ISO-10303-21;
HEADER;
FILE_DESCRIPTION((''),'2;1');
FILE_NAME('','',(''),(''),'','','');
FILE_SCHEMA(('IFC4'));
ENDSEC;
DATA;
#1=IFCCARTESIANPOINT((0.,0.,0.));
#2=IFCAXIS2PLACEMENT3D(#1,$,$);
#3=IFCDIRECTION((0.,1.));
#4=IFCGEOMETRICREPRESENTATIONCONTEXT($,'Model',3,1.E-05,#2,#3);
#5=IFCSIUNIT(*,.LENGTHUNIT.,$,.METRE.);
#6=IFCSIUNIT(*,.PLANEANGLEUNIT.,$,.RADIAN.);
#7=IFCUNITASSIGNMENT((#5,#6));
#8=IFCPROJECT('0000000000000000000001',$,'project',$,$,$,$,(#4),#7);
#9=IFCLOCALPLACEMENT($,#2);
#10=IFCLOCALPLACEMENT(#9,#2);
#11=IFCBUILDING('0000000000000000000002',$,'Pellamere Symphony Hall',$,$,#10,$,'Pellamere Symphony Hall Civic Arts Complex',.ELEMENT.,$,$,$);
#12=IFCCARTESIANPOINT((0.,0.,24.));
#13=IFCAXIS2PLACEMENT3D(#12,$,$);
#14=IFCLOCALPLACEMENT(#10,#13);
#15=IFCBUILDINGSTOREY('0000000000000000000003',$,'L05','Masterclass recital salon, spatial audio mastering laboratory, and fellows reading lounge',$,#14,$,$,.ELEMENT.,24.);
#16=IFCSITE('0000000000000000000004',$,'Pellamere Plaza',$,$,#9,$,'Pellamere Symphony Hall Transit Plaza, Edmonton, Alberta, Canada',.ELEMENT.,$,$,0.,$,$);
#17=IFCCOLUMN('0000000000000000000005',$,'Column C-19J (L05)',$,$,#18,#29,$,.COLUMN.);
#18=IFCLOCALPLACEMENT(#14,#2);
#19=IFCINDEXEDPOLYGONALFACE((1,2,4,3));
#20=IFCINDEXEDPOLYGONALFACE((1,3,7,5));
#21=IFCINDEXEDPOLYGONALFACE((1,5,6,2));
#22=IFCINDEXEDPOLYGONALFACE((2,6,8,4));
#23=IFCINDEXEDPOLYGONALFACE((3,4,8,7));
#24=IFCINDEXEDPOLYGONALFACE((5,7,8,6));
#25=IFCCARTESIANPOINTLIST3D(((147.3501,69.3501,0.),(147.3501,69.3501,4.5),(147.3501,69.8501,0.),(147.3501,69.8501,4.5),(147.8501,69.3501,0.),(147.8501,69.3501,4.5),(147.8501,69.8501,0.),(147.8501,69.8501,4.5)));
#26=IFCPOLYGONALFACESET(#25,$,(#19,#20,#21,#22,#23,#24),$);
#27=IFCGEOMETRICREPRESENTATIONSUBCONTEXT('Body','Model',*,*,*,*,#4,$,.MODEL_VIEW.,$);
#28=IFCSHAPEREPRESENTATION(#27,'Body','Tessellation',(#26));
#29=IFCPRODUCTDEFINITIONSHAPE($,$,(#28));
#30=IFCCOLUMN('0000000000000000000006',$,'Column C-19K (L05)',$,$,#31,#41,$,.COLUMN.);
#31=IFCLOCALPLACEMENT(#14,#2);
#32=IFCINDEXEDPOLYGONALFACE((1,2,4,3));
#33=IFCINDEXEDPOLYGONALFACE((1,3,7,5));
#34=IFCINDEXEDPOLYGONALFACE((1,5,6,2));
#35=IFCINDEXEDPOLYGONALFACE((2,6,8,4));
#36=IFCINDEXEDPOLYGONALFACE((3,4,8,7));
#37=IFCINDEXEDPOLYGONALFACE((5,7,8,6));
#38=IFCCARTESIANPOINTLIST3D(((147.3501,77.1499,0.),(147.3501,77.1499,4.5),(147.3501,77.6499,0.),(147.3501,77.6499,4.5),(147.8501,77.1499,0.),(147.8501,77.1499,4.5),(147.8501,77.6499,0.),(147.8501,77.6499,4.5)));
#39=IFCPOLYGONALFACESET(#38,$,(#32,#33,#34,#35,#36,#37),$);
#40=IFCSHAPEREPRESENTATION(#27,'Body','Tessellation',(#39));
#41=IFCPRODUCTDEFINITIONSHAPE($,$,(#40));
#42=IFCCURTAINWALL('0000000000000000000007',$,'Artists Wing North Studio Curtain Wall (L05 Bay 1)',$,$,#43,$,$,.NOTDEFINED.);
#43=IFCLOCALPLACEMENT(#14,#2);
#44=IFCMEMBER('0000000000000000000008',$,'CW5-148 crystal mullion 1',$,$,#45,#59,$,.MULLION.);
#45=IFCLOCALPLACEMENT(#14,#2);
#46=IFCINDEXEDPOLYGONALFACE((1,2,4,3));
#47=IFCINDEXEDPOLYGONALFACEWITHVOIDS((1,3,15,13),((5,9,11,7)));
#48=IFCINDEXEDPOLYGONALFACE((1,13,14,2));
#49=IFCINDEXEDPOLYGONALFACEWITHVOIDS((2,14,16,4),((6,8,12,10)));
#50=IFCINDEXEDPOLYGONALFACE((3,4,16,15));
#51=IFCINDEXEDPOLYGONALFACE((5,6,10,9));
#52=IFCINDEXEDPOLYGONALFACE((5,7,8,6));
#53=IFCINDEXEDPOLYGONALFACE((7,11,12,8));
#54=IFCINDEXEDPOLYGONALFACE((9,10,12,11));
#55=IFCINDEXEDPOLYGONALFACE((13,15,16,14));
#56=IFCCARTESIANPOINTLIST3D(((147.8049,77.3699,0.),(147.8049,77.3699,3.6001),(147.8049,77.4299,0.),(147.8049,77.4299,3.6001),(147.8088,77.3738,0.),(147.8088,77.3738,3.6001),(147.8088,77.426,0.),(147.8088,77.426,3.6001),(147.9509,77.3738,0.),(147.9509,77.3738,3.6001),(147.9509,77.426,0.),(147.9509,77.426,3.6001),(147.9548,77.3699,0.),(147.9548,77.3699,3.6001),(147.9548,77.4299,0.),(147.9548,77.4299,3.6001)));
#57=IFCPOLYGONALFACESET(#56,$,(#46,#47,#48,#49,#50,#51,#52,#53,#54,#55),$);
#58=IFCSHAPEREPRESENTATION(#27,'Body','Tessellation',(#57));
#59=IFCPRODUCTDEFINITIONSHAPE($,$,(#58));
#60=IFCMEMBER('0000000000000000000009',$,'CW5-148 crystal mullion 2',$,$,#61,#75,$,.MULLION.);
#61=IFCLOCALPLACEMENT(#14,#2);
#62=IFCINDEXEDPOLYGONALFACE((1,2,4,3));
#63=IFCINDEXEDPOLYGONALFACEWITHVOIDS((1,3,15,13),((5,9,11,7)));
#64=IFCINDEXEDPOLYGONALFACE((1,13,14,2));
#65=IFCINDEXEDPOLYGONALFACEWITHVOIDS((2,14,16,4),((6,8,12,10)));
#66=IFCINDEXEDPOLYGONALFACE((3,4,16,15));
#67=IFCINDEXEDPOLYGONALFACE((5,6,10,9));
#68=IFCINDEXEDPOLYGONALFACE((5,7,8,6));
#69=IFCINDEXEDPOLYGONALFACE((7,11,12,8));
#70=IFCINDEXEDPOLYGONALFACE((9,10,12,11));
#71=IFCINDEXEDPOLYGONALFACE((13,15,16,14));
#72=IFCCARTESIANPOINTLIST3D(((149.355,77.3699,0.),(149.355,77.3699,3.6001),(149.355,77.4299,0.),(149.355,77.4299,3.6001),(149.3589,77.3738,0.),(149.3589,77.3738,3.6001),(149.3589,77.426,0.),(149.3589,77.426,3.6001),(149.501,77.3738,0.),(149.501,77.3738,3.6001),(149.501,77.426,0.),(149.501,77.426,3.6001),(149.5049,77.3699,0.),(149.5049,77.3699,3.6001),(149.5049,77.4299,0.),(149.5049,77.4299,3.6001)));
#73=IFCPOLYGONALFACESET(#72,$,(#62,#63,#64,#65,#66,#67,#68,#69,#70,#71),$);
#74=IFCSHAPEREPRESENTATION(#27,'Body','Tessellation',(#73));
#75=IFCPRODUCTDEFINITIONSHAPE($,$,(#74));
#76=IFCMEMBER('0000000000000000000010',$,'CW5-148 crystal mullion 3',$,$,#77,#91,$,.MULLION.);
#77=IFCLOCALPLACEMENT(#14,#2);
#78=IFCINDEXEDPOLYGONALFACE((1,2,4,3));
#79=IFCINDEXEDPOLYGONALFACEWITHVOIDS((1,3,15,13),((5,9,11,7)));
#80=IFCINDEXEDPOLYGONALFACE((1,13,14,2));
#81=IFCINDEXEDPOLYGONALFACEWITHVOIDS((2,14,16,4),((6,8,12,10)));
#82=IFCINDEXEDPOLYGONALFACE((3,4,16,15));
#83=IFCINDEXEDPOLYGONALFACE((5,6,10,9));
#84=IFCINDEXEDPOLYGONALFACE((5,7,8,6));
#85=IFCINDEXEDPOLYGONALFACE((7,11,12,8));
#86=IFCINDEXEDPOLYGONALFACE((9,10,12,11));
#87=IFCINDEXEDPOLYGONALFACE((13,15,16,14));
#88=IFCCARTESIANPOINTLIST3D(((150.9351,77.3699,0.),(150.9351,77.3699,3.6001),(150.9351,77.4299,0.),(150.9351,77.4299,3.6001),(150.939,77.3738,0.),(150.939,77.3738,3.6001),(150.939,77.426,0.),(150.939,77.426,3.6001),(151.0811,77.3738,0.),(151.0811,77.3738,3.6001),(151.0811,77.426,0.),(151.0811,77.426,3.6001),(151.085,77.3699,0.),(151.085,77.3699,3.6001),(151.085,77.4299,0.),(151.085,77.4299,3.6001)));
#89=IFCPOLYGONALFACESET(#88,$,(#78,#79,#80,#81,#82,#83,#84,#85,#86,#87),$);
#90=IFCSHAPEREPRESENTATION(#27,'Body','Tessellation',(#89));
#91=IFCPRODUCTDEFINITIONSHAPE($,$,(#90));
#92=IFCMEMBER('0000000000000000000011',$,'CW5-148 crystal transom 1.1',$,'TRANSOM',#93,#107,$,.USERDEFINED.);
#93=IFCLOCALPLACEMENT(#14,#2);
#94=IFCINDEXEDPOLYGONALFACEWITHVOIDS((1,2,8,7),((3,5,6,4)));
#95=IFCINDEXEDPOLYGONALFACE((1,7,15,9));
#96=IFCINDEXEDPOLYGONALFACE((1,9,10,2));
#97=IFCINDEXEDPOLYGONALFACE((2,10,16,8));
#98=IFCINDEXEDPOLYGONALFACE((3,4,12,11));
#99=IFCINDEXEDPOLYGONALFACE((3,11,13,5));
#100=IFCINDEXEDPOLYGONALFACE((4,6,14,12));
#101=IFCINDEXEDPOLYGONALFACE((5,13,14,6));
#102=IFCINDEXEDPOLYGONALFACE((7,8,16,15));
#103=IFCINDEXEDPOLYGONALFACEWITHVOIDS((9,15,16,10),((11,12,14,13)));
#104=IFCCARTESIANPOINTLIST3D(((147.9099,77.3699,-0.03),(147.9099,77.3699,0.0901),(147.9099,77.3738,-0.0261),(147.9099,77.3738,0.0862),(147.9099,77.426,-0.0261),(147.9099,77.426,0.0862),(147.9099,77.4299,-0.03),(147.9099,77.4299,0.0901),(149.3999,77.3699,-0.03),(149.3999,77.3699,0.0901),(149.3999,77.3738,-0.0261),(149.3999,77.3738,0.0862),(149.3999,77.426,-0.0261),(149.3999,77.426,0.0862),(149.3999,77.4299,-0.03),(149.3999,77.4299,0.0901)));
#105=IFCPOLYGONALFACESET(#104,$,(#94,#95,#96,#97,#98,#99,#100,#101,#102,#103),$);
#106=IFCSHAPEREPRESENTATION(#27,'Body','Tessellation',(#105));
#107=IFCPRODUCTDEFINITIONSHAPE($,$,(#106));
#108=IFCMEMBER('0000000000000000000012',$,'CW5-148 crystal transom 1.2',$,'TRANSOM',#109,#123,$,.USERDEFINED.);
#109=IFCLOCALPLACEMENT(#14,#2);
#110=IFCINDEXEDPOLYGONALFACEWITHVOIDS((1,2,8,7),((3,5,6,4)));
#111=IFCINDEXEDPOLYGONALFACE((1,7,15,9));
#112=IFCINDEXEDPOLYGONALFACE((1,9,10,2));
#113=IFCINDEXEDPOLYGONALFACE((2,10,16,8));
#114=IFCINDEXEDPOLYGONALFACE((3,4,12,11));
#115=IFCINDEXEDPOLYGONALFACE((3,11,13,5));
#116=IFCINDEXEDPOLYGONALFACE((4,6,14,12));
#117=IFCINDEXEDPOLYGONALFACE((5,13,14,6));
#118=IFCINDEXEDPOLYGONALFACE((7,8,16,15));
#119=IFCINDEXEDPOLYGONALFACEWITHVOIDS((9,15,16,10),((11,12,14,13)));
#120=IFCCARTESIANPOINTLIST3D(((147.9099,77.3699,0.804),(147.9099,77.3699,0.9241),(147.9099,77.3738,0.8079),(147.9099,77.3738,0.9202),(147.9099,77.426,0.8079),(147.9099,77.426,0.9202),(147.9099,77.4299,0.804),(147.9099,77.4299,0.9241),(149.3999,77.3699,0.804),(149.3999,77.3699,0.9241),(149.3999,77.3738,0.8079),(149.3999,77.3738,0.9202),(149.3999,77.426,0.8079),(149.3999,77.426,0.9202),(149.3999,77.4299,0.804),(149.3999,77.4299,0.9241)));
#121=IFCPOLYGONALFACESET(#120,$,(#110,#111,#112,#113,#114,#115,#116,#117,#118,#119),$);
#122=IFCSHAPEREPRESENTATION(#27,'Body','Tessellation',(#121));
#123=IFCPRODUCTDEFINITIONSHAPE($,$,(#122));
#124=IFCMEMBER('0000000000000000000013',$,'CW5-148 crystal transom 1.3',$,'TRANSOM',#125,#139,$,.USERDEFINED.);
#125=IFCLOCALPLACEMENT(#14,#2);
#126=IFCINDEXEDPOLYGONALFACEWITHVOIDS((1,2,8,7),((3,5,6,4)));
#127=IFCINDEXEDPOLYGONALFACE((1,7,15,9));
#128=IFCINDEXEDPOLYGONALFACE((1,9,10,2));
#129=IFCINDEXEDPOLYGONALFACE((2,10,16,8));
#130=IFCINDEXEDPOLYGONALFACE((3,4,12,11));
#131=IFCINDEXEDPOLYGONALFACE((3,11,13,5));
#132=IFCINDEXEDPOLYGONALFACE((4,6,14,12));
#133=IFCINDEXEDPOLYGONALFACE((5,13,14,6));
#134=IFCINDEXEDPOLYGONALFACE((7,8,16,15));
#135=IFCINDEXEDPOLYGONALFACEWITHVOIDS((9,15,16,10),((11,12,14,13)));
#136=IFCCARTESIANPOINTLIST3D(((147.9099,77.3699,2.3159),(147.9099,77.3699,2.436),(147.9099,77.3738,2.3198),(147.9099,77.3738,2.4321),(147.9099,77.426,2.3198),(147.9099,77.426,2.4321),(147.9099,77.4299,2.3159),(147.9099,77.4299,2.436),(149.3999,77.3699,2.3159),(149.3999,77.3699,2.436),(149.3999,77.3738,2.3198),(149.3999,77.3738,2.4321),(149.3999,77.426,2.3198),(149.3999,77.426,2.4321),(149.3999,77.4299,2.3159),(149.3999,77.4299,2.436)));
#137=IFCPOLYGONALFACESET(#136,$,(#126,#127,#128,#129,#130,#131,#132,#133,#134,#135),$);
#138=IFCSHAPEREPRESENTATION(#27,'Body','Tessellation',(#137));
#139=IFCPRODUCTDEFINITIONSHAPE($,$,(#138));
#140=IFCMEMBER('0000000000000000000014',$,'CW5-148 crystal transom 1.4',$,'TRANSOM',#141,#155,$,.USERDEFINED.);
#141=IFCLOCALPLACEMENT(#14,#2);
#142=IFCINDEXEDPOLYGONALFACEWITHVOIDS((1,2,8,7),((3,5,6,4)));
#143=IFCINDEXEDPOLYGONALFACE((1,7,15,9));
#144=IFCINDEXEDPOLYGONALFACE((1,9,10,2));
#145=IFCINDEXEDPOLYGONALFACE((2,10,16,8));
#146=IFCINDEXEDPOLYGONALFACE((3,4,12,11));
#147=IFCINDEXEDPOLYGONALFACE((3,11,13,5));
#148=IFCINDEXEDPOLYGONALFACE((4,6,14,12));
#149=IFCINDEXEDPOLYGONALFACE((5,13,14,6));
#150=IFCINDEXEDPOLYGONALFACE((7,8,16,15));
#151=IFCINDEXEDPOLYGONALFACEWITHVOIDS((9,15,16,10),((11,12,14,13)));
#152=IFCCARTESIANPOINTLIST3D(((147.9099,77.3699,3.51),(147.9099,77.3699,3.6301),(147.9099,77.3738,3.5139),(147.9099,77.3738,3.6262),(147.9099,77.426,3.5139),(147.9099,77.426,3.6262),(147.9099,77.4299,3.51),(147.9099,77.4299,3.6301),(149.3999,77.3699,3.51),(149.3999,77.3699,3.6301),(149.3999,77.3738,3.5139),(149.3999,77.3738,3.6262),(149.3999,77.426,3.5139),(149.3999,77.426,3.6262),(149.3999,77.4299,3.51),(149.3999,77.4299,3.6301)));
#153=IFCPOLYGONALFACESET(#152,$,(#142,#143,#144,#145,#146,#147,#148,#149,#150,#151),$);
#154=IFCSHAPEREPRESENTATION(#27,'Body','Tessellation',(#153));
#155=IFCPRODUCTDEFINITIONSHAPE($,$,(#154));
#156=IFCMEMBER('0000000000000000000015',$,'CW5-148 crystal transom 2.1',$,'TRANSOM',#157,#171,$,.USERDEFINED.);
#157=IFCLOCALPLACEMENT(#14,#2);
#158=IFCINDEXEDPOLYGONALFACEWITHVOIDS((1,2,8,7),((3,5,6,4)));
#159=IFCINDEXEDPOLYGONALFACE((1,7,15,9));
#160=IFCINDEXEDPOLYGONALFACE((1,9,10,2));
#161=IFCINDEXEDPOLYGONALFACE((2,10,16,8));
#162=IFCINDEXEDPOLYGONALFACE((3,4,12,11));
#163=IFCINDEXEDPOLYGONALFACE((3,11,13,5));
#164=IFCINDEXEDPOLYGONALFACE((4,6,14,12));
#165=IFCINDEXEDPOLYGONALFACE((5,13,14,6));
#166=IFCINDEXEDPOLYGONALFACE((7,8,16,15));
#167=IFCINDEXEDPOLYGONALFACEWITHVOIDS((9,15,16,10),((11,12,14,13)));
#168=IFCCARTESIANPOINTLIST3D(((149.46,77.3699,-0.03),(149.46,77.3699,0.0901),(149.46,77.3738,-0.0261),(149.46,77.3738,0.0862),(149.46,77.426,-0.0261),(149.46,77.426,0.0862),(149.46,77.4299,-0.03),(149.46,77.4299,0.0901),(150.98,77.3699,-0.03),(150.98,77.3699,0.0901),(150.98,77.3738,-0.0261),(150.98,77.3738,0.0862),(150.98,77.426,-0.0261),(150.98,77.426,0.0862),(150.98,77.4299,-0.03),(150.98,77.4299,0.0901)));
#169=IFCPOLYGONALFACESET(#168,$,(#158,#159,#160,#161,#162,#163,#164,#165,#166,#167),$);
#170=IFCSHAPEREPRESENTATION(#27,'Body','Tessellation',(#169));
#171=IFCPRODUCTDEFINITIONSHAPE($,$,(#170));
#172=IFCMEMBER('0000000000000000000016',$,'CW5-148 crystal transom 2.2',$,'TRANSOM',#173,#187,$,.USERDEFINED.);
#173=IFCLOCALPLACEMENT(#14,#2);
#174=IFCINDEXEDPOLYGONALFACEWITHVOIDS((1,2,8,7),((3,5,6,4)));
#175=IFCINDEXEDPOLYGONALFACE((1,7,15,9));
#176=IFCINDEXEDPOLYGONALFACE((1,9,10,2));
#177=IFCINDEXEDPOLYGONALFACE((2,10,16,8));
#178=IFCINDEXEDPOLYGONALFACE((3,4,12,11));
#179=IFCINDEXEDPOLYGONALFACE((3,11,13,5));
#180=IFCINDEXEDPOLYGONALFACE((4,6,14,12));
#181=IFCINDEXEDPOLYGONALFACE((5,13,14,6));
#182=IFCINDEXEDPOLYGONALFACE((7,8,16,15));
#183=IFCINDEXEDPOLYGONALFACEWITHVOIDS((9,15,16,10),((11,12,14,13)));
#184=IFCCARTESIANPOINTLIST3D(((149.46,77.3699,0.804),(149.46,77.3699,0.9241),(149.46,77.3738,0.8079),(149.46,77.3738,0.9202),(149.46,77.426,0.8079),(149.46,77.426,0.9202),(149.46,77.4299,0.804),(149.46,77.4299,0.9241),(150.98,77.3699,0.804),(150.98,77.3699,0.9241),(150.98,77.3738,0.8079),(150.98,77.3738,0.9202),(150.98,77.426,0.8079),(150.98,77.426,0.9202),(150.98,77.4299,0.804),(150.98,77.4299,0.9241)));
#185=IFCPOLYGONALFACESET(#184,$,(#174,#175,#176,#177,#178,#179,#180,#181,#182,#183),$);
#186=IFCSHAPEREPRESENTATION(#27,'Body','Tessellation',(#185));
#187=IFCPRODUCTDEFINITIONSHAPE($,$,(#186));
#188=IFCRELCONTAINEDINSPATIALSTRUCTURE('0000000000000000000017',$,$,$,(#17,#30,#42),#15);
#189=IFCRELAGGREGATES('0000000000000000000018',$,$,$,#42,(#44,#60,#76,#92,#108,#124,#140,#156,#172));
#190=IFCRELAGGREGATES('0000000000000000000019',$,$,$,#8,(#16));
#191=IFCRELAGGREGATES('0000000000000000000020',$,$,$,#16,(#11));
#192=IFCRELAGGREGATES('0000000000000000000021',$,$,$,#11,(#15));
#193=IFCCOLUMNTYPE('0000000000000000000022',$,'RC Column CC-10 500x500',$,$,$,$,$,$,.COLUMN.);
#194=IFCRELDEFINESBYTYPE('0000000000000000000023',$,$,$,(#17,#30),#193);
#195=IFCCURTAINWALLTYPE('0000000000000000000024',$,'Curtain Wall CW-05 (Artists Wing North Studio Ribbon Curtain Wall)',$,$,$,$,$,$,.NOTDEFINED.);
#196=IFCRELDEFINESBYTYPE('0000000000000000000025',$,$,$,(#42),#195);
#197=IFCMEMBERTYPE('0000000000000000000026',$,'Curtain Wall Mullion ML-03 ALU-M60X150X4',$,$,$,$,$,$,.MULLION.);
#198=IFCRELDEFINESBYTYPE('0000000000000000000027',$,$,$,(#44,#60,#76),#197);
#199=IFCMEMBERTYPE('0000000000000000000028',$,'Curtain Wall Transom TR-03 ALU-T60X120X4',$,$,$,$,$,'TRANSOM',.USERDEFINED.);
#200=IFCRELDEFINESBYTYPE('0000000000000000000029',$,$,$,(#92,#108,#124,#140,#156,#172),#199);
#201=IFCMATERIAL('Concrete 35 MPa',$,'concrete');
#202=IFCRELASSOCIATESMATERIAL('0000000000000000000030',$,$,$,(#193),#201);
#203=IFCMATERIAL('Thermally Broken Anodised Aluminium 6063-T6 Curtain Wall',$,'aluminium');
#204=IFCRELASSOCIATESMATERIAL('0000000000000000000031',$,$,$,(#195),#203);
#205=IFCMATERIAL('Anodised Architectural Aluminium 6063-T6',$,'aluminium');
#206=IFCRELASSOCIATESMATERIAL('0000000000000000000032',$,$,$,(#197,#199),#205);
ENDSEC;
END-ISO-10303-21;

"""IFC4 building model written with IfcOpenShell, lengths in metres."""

from ifc_helpers import new_model, si_unit, direction, frame, origin, origin_2d, place, context, subcontext, project, spatial, rectangle, hollow_rectangle, extrude, material, material_profile, profile_set, type_object, element, aggregate, save


model = new_model("IFC4")

# Units and contexts
model_context = context("Model", 3, precision=1e-05, world=origin(), true_north=direction((0.0, 1.0)))
body_context = subcontext(model_context, "Body", "Model", "MODEL_VIEW")
ifc_project = project(units=[si_unit("LENGTHUNIT", "METRE"), si_unit("PLANEANGLEUNIT", "RADIAN")], contexts=[model_context])

# Site, building, storey
site_placement = place(None, origin())
site = spatial("IfcSite", under=ifc_project, at=site_placement, Name="Pellamere Plaza", LongName="Pellamere Symphony Hall Transit Plaza, Edmonton, Alberta, Canada", CompositionType="ELEMENT", RefElevation=0.0)
building_placement = place(site_placement, origin())
building = spatial("IfcBuilding", under=site, at=building_placement, Name="Pellamere Symphony Hall", LongName="Pellamere Symphony Hall Civic Arts Complex", CompositionType="ELEMENT")
storey_placement = place(building_placement, frame((0.0, 0.0, 24.0)))
storey = spatial("IfcBuildingStorey", under=building, at=storey_placement, Name="L05", Description="Masterclass recital salon, spatial audio mastering laboratory, and fellows reading lounge", CompositionType="ELEMENT", Elevation=24.0)

# Columns
ifc_material_1 = material(Name="Concrete 35 MPa", Category="concrete")
ifc_material_profile_1 = material_profile(ifc_material_1, rectangle(XDim=0.5, YDim=0.5, at=origin_2d()), Name="RC 500x500")
ifc_profile_set_1 = profile_set([ifc_material_profile_1], Name="Concrete 35 MPa")
column_type = type_object("IfcColumnType", Name="RC Column CC-10 500x500", PredefinedType="COLUMN", material=ifc_profile_set_1)
for number, where, z_axis, x_axis, name in (
    (1, (147.6001, 69.6001, 0.0), (0.0, 0.0, 1.0), (1.0, 0.0, 0.0), "Column C-19J (L05)"),
    (2, (147.6001, 77.3999, 0.0), (0.0, 0.0, 1.0), (1.0, 0.0, 0.0), "Column C-19K (L05)"),
):
    element("IfcColumn", number, at=place(storey_placement, frame(where, z_axis=z_axis, x_axis=x_axis)), inside=storey, type_object=column_type, Name=name, PredefinedType="COLUMN", context=body_context, shape_type="SweptSolid", body=[
        extrude(rectangle(XDim=0.5, YDim=0.5, at=origin_2d()), origin(), (0.0, 0.0, 1.0), 4.5),
    ])

# Curtain wall, members
ifc_material_2 = material(Name="Thermally Broken Anodised Aluminium 6063-T6 Curtain Wall", Category="aluminium")
curtain_wall_type = type_object("IfcCurtainWallType", Name="Curtain Wall CW-05 (Artists Wing North Studio Ribbon Curtain Wall)", PredefinedType="NOTDEFINED", material=ifc_material_2)
curtain_wall_placement = place(storey_placement, origin())
curtain_wall = element("IfcCurtainWall", 3, at=curtain_wall_placement, inside=storey, type_object=curtain_wall_type, Name="Artists Wing North Studio Curtain Wall (L05 Bay 1)", PredefinedType="NOTDEFINED")
ifc_material_3 = material(Name="Anodised Architectural Aluminium 6063-T6", Category="aluminium")
ifc_material_profile_2 = material_profile(ifc_material_3, hollow_rectangle(XDim=0.0601, YDim=0.1499, WallThickness=0.0039, at=origin_2d()), Name="ALU-M60X150X4")
ifc_profile_set_2 = profile_set([ifc_material_profile_2], Name="Anodised Architectural Aluminium 6063-T6")
member_type_1 = type_object("IfcMemberType", Name="Curtain Wall Mullion ML-03 ALU-M60X150X4", PredefinedType="MULLION", material=ifc_profile_set_2)
member_1_placement = place(storey_placement, frame((147.8799, 77.3999, 0.0), z_axis=(0.0, 0.0, 1.0), x_axis=(0.0, 1.0, 0.0)))
member_1 = element("IfcMember", 4, at=member_1_placement, type_object=member_type_1, Name="CW5-148 crystal mullion 1", PredefinedType="MULLION", context=body_context, shape_type="SweptSolid", body=[
    extrude(hollow_rectangle(XDim=0.0601, YDim=0.1499, WallThickness=0.0039, at=origin_2d()), origin(), (0.0, 0.0, 1.0), 3.6001),
])
member_2_placement = place(storey_placement, frame((149.4299, 77.3999, 0.0), z_axis=(0.0, 0.0, 1.0), x_axis=(0.0, 1.0, 0.0)))
member_2 = element("IfcMember", 5, at=member_2_placement, type_object=member_type_1, Name="CW5-148 crystal mullion 2", PredefinedType="MULLION", context=body_context, shape_type="SweptSolid", body=[
    extrude(hollow_rectangle(XDim=0.0601, YDim=0.1499, WallThickness=0.0039, at=origin_2d()), origin(), (0.0, 0.0, 1.0), 3.6001),
])
member_3_placement = place(storey_placement, frame((151.01, 77.3999, 0.0), z_axis=(0.0, 0.0, 1.0), x_axis=(0.0, 1.0, 0.0)))
member_3 = element("IfcMember", 6, at=member_3_placement, type_object=member_type_1, Name="CW5-148 crystal mullion 3", PredefinedType="MULLION", context=body_context, shape_type="SweptSolid", body=[
    extrude(hollow_rectangle(XDim=0.0601, YDim=0.1499, WallThickness=0.0039, at=origin_2d()), origin(), (0.0, 0.0, 1.0), 3.6001),
])
ifc_material_profile_3 = material_profile(ifc_material_3, hollow_rectangle(XDim=0.0601, YDim=0.1201, WallThickness=0.0039, at=origin_2d()), Name="ALU-T60X120X4")
ifc_profile_set_3 = profile_set([ifc_material_profile_3], Name="Anodised Architectural Aluminium 6063-T6")
member_type_2 = type_object("IfcMemberType", Name="Curtain Wall Transom TR-03 ALU-T60X120X4", ElementType="TRANSOM", PredefinedType="USERDEFINED", material=ifc_profile_set_3)
member_4_placement = place(storey_placement, frame((147.9099, 77.3999, 0.03), z_axis=(1.0, 0.0, 0.0), x_axis=(0.0, 1.0, 0.0)))
member_4 = element("IfcMember", 7, at=member_4_placement, type_object=member_type_2, Name="CW5-148 crystal transom 1.1", ObjectType="TRANSOM", PredefinedType="USERDEFINED", context=body_context, shape_type="SweptSolid", body=[
    extrude(hollow_rectangle(XDim=0.0601, YDim=0.1201, WallThickness=0.0039, at=origin_2d()), origin(), (0.0, 0.0, 1.0), 1.49),
])
member_5_placement = place(storey_placement, frame((147.9099, 77.3999, 0.864), z_axis=(1.0, 0.0, 0.0), x_axis=(0.0, 1.0, 0.0)))
member_5 = element("IfcMember", 8, at=member_5_placement, type_object=member_type_2, Name="CW5-148 crystal transom 1.2", ObjectType="TRANSOM", PredefinedType="USERDEFINED", context=body_context, shape_type="SweptSolid", body=[
    extrude(hollow_rectangle(XDim=0.0601, YDim=0.1201, WallThickness=0.0039, at=origin_2d()), origin(), (0.0, 0.0, 1.0), 1.49),
])
member_6_placement = place(storey_placement, frame((147.9099, 77.3999, 2.376), z_axis=(1.0, 0.0, 0.0), x_axis=(0.0, 1.0, 0.0)))
member_6 = element("IfcMember", 9, at=member_6_placement, type_object=member_type_2, Name="CW5-148 crystal transom 1.3", ObjectType="TRANSOM", PredefinedType="USERDEFINED", context=body_context, shape_type="SweptSolid", body=[
    extrude(hollow_rectangle(XDim=0.0601, YDim=0.1201, WallThickness=0.0039, at=origin_2d()), origin(), (0.0, 0.0, 1.0), 1.49),
])
member_7_placement = place(storey_placement, frame((147.9099, 77.3999, 3.5701), z_axis=(1.0, 0.0, 0.0), x_axis=(0.0, 1.0, 0.0)))
member_7 = element("IfcMember", 10, at=member_7_placement, type_object=member_type_2, Name="CW5-148 crystal transom 1.4", ObjectType="TRANSOM", PredefinedType="USERDEFINED", context=body_context, shape_type="SweptSolid", body=[
    extrude(hollow_rectangle(XDim=0.0601, YDim=0.1201, WallThickness=0.0039, at=origin_2d()), origin(), (0.0, 0.0, 1.0), 1.49),
])
member_8_placement = place(storey_placement, frame((149.46, 77.3999, 0.03), z_axis=(1.0, 0.0, 0.0), x_axis=(0.0, 1.0, 0.0)))
member_8 = element("IfcMember", 11, at=member_8_placement, type_object=member_type_2, Name="CW5-148 crystal transom 2.1", ObjectType="TRANSOM", PredefinedType="USERDEFINED", context=body_context, shape_type="SweptSolid", body=[
    extrude(hollow_rectangle(XDim=0.0601, YDim=0.1201, WallThickness=0.0039, at=origin_2d()), origin(), (0.0, 0.0, 1.0), 1.52),
])
member_9_placement = place(storey_placement, frame((149.46, 77.3999, 0.864), z_axis=(1.0, 0.0, 0.0), x_axis=(0.0, 1.0, 0.0)))
member_9 = element("IfcMember", 12, at=member_9_placement, type_object=member_type_2, Name="CW5-148 crystal transom 2.2", ObjectType="TRANSOM", PredefinedType="USERDEFINED", context=body_context, shape_type="SweptSolid", body=[
    extrude(hollow_rectangle(XDim=0.0601, YDim=0.1201, WallThickness=0.0039, at=origin_2d()), origin(), (0.0, 0.0, 1.0), 1.52),
])

aggregate(curtain_wall, [member_1, member_2, member_3, member_4, member_5, member_6, member_7, member_8, member_9])

save(model, "model.ifc")
